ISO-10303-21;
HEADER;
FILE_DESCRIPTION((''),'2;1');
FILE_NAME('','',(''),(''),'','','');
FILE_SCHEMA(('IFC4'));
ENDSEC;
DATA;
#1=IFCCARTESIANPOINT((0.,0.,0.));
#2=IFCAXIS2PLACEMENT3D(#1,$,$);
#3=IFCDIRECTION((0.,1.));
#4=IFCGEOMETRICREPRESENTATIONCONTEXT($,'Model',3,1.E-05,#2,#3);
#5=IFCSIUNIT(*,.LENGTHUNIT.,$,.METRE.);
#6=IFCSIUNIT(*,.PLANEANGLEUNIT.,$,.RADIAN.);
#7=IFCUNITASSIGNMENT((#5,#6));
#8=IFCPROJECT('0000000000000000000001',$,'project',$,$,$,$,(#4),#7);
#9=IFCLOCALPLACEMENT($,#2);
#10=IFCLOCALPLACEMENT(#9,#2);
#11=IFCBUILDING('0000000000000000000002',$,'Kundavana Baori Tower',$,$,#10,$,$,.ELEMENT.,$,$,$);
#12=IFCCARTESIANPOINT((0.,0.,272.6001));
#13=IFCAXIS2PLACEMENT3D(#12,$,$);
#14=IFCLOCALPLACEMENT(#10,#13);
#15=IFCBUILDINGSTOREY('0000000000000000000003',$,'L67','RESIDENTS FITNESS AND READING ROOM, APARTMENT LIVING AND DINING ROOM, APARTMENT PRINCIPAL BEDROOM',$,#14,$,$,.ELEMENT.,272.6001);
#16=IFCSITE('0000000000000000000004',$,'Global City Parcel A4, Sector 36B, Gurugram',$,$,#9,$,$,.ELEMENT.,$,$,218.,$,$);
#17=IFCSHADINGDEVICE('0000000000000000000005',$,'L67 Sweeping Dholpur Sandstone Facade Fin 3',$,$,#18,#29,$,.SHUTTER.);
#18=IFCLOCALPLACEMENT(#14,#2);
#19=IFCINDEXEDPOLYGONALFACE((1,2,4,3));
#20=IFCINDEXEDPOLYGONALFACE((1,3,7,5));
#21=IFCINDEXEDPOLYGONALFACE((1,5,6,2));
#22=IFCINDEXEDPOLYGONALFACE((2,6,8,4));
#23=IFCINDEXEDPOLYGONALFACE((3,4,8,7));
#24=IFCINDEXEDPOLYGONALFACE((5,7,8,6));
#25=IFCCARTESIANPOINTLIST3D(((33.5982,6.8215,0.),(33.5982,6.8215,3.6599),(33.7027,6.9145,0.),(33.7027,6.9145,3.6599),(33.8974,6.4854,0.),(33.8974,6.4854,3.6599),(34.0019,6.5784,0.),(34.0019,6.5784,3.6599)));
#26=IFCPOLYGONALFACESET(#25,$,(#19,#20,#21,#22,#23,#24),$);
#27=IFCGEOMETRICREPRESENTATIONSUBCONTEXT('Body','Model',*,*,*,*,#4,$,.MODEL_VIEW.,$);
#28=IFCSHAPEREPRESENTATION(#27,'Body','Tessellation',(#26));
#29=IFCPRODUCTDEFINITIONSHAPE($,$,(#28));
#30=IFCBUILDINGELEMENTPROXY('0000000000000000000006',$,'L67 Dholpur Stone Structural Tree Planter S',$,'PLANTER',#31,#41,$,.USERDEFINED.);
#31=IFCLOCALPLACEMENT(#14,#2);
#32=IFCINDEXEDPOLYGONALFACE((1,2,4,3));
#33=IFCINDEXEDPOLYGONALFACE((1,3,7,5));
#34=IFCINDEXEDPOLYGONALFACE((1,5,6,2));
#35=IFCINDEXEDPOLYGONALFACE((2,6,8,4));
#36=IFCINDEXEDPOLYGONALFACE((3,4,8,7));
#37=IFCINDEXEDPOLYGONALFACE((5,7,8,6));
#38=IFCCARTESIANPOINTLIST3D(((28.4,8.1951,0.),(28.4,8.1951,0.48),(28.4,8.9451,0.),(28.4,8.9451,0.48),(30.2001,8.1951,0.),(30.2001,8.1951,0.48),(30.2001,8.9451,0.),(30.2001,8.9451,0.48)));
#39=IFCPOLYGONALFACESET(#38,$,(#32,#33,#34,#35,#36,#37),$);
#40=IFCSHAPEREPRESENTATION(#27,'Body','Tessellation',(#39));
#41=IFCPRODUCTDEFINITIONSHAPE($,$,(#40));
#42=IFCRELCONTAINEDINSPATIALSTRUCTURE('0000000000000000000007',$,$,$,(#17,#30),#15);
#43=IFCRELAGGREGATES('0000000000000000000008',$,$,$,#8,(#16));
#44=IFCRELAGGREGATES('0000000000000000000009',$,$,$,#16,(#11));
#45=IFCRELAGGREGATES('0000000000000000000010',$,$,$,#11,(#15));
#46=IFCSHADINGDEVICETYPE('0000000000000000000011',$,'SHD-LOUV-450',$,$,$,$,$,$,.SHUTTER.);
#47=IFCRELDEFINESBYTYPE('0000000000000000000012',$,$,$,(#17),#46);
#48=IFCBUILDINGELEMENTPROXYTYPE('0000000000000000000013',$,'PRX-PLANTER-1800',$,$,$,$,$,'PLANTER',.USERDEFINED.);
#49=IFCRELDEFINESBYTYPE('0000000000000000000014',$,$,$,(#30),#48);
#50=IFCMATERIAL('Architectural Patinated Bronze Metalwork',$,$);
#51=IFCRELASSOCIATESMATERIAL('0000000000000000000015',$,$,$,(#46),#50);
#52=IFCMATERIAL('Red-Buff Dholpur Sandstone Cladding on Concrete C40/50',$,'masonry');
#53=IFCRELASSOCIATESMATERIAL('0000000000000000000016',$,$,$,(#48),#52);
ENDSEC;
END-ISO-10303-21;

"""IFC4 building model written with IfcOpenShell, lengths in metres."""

from ifc_helpers import new_model, si_unit, direction, frame, origin, origin_2d, place, context, subcontext, project, spatial, rectangle, extrude, material, type_object, element, save


model = new_model("IFC4")

# Units and contexts
model_context = context("Model", 3, precision=1e-05, world=origin(), true_north=direction((0.0, 1.0)))
body_context = subcontext(model_context, "Body", "Model", "MODEL_VIEW")
ifc_project = project(units=[si_unit("LENGTHUNIT", "METRE"), si_unit("PLANEANGLEUNIT", "RADIAN")], contexts=[model_context])

# Site, building, storey
site_placement = place(None, origin())
site = spatial("IfcSite", under=ifc_project, at=site_placement, Name="Global City Parcel A4, Sector 36B, Gurugram", CompositionType="ELEMENT", RefElevation=218.0)
building_placement = place(site_placement, origin())
building = spatial("IfcBuilding", under=site, at=building_placement, Name="Kundavana Baori Tower", CompositionType="ELEMENT")
storey_placement = place(building_placement, frame((0.0, 0.0, 272.6001)))
storey = spatial("IfcBuildingStorey", under=building, at=storey_placement, Name="L67", Description="RESIDENTS FITNESS AND READING ROOM, APARTMENT LIVING AND DINING ROOM, APARTMENT PRINCIPAL BEDROOM", CompositionType="ELEMENT", Elevation=272.6001)

# Shading device
ifc_material_1 = material(Name="Architectural Patinated Bronze Metalwork")
shading_device_type_1 = type_object("IfcShadingDeviceType", Name="SHD-LOUV-450", PredefinedType="SHUTTER", material=ifc_material_1)
shading_device_1_placement = place(storey_placement, frame((33.8, 6.7, 0.0), z_axis=(0.0, 0.0, 1.0), x_axis=(0.74687, 0.66497, 0.0)))
element("IfcShadingDevice", 1, at=shading_device_1_placement, inside=storey, type_object=shading_device_type_1, Name="L67 Sweeping Dholpur Sandstone Facade Fin 3", PredefinedType="SHUTTER", context=body_context, shape_type="SweptSolid", body=[
    extrude(rectangle(XDim=0.1399, YDim=0.45, at=origin_2d()), origin(), (0.0, 0.0, 1.0), 3.6599),
])

# Building element proxy
ifc_material_2 = material(Name="Red-Buff Dholpur Sandstone Cladding on Concrete C40/50", Category="masonry")
building_element_proxy_type = type_object("IfcBuildingElementProxyType", Name="PRX-PLANTER-1800", ElementType="PLANTER", PredefinedType="USERDEFINED", material=ifc_material_2)
proxy_placement = place(storey_placement, frame((29.3, 8.5701, 0.0), z_axis=(0.0, 0.0, 1.0), x_axis=(1.0, 0.0, 0.0)))
element("IfcBuildingElementProxy", 2, at=proxy_placement, inside=storey, type_object=building_element_proxy_type, Name="L67 Dholpur Stone Structural Tree Planter S", ObjectType="PLANTER", PredefinedType="USERDEFINED", context=body_context, shape_type="SweptSolid", body=[
    extrude(rectangle(XDim=1.8, YDim=0.75, at=origin_2d()), origin(), (0.0, 0.0, 1.0), 0.48),
])

save(model, "model.ifc")
